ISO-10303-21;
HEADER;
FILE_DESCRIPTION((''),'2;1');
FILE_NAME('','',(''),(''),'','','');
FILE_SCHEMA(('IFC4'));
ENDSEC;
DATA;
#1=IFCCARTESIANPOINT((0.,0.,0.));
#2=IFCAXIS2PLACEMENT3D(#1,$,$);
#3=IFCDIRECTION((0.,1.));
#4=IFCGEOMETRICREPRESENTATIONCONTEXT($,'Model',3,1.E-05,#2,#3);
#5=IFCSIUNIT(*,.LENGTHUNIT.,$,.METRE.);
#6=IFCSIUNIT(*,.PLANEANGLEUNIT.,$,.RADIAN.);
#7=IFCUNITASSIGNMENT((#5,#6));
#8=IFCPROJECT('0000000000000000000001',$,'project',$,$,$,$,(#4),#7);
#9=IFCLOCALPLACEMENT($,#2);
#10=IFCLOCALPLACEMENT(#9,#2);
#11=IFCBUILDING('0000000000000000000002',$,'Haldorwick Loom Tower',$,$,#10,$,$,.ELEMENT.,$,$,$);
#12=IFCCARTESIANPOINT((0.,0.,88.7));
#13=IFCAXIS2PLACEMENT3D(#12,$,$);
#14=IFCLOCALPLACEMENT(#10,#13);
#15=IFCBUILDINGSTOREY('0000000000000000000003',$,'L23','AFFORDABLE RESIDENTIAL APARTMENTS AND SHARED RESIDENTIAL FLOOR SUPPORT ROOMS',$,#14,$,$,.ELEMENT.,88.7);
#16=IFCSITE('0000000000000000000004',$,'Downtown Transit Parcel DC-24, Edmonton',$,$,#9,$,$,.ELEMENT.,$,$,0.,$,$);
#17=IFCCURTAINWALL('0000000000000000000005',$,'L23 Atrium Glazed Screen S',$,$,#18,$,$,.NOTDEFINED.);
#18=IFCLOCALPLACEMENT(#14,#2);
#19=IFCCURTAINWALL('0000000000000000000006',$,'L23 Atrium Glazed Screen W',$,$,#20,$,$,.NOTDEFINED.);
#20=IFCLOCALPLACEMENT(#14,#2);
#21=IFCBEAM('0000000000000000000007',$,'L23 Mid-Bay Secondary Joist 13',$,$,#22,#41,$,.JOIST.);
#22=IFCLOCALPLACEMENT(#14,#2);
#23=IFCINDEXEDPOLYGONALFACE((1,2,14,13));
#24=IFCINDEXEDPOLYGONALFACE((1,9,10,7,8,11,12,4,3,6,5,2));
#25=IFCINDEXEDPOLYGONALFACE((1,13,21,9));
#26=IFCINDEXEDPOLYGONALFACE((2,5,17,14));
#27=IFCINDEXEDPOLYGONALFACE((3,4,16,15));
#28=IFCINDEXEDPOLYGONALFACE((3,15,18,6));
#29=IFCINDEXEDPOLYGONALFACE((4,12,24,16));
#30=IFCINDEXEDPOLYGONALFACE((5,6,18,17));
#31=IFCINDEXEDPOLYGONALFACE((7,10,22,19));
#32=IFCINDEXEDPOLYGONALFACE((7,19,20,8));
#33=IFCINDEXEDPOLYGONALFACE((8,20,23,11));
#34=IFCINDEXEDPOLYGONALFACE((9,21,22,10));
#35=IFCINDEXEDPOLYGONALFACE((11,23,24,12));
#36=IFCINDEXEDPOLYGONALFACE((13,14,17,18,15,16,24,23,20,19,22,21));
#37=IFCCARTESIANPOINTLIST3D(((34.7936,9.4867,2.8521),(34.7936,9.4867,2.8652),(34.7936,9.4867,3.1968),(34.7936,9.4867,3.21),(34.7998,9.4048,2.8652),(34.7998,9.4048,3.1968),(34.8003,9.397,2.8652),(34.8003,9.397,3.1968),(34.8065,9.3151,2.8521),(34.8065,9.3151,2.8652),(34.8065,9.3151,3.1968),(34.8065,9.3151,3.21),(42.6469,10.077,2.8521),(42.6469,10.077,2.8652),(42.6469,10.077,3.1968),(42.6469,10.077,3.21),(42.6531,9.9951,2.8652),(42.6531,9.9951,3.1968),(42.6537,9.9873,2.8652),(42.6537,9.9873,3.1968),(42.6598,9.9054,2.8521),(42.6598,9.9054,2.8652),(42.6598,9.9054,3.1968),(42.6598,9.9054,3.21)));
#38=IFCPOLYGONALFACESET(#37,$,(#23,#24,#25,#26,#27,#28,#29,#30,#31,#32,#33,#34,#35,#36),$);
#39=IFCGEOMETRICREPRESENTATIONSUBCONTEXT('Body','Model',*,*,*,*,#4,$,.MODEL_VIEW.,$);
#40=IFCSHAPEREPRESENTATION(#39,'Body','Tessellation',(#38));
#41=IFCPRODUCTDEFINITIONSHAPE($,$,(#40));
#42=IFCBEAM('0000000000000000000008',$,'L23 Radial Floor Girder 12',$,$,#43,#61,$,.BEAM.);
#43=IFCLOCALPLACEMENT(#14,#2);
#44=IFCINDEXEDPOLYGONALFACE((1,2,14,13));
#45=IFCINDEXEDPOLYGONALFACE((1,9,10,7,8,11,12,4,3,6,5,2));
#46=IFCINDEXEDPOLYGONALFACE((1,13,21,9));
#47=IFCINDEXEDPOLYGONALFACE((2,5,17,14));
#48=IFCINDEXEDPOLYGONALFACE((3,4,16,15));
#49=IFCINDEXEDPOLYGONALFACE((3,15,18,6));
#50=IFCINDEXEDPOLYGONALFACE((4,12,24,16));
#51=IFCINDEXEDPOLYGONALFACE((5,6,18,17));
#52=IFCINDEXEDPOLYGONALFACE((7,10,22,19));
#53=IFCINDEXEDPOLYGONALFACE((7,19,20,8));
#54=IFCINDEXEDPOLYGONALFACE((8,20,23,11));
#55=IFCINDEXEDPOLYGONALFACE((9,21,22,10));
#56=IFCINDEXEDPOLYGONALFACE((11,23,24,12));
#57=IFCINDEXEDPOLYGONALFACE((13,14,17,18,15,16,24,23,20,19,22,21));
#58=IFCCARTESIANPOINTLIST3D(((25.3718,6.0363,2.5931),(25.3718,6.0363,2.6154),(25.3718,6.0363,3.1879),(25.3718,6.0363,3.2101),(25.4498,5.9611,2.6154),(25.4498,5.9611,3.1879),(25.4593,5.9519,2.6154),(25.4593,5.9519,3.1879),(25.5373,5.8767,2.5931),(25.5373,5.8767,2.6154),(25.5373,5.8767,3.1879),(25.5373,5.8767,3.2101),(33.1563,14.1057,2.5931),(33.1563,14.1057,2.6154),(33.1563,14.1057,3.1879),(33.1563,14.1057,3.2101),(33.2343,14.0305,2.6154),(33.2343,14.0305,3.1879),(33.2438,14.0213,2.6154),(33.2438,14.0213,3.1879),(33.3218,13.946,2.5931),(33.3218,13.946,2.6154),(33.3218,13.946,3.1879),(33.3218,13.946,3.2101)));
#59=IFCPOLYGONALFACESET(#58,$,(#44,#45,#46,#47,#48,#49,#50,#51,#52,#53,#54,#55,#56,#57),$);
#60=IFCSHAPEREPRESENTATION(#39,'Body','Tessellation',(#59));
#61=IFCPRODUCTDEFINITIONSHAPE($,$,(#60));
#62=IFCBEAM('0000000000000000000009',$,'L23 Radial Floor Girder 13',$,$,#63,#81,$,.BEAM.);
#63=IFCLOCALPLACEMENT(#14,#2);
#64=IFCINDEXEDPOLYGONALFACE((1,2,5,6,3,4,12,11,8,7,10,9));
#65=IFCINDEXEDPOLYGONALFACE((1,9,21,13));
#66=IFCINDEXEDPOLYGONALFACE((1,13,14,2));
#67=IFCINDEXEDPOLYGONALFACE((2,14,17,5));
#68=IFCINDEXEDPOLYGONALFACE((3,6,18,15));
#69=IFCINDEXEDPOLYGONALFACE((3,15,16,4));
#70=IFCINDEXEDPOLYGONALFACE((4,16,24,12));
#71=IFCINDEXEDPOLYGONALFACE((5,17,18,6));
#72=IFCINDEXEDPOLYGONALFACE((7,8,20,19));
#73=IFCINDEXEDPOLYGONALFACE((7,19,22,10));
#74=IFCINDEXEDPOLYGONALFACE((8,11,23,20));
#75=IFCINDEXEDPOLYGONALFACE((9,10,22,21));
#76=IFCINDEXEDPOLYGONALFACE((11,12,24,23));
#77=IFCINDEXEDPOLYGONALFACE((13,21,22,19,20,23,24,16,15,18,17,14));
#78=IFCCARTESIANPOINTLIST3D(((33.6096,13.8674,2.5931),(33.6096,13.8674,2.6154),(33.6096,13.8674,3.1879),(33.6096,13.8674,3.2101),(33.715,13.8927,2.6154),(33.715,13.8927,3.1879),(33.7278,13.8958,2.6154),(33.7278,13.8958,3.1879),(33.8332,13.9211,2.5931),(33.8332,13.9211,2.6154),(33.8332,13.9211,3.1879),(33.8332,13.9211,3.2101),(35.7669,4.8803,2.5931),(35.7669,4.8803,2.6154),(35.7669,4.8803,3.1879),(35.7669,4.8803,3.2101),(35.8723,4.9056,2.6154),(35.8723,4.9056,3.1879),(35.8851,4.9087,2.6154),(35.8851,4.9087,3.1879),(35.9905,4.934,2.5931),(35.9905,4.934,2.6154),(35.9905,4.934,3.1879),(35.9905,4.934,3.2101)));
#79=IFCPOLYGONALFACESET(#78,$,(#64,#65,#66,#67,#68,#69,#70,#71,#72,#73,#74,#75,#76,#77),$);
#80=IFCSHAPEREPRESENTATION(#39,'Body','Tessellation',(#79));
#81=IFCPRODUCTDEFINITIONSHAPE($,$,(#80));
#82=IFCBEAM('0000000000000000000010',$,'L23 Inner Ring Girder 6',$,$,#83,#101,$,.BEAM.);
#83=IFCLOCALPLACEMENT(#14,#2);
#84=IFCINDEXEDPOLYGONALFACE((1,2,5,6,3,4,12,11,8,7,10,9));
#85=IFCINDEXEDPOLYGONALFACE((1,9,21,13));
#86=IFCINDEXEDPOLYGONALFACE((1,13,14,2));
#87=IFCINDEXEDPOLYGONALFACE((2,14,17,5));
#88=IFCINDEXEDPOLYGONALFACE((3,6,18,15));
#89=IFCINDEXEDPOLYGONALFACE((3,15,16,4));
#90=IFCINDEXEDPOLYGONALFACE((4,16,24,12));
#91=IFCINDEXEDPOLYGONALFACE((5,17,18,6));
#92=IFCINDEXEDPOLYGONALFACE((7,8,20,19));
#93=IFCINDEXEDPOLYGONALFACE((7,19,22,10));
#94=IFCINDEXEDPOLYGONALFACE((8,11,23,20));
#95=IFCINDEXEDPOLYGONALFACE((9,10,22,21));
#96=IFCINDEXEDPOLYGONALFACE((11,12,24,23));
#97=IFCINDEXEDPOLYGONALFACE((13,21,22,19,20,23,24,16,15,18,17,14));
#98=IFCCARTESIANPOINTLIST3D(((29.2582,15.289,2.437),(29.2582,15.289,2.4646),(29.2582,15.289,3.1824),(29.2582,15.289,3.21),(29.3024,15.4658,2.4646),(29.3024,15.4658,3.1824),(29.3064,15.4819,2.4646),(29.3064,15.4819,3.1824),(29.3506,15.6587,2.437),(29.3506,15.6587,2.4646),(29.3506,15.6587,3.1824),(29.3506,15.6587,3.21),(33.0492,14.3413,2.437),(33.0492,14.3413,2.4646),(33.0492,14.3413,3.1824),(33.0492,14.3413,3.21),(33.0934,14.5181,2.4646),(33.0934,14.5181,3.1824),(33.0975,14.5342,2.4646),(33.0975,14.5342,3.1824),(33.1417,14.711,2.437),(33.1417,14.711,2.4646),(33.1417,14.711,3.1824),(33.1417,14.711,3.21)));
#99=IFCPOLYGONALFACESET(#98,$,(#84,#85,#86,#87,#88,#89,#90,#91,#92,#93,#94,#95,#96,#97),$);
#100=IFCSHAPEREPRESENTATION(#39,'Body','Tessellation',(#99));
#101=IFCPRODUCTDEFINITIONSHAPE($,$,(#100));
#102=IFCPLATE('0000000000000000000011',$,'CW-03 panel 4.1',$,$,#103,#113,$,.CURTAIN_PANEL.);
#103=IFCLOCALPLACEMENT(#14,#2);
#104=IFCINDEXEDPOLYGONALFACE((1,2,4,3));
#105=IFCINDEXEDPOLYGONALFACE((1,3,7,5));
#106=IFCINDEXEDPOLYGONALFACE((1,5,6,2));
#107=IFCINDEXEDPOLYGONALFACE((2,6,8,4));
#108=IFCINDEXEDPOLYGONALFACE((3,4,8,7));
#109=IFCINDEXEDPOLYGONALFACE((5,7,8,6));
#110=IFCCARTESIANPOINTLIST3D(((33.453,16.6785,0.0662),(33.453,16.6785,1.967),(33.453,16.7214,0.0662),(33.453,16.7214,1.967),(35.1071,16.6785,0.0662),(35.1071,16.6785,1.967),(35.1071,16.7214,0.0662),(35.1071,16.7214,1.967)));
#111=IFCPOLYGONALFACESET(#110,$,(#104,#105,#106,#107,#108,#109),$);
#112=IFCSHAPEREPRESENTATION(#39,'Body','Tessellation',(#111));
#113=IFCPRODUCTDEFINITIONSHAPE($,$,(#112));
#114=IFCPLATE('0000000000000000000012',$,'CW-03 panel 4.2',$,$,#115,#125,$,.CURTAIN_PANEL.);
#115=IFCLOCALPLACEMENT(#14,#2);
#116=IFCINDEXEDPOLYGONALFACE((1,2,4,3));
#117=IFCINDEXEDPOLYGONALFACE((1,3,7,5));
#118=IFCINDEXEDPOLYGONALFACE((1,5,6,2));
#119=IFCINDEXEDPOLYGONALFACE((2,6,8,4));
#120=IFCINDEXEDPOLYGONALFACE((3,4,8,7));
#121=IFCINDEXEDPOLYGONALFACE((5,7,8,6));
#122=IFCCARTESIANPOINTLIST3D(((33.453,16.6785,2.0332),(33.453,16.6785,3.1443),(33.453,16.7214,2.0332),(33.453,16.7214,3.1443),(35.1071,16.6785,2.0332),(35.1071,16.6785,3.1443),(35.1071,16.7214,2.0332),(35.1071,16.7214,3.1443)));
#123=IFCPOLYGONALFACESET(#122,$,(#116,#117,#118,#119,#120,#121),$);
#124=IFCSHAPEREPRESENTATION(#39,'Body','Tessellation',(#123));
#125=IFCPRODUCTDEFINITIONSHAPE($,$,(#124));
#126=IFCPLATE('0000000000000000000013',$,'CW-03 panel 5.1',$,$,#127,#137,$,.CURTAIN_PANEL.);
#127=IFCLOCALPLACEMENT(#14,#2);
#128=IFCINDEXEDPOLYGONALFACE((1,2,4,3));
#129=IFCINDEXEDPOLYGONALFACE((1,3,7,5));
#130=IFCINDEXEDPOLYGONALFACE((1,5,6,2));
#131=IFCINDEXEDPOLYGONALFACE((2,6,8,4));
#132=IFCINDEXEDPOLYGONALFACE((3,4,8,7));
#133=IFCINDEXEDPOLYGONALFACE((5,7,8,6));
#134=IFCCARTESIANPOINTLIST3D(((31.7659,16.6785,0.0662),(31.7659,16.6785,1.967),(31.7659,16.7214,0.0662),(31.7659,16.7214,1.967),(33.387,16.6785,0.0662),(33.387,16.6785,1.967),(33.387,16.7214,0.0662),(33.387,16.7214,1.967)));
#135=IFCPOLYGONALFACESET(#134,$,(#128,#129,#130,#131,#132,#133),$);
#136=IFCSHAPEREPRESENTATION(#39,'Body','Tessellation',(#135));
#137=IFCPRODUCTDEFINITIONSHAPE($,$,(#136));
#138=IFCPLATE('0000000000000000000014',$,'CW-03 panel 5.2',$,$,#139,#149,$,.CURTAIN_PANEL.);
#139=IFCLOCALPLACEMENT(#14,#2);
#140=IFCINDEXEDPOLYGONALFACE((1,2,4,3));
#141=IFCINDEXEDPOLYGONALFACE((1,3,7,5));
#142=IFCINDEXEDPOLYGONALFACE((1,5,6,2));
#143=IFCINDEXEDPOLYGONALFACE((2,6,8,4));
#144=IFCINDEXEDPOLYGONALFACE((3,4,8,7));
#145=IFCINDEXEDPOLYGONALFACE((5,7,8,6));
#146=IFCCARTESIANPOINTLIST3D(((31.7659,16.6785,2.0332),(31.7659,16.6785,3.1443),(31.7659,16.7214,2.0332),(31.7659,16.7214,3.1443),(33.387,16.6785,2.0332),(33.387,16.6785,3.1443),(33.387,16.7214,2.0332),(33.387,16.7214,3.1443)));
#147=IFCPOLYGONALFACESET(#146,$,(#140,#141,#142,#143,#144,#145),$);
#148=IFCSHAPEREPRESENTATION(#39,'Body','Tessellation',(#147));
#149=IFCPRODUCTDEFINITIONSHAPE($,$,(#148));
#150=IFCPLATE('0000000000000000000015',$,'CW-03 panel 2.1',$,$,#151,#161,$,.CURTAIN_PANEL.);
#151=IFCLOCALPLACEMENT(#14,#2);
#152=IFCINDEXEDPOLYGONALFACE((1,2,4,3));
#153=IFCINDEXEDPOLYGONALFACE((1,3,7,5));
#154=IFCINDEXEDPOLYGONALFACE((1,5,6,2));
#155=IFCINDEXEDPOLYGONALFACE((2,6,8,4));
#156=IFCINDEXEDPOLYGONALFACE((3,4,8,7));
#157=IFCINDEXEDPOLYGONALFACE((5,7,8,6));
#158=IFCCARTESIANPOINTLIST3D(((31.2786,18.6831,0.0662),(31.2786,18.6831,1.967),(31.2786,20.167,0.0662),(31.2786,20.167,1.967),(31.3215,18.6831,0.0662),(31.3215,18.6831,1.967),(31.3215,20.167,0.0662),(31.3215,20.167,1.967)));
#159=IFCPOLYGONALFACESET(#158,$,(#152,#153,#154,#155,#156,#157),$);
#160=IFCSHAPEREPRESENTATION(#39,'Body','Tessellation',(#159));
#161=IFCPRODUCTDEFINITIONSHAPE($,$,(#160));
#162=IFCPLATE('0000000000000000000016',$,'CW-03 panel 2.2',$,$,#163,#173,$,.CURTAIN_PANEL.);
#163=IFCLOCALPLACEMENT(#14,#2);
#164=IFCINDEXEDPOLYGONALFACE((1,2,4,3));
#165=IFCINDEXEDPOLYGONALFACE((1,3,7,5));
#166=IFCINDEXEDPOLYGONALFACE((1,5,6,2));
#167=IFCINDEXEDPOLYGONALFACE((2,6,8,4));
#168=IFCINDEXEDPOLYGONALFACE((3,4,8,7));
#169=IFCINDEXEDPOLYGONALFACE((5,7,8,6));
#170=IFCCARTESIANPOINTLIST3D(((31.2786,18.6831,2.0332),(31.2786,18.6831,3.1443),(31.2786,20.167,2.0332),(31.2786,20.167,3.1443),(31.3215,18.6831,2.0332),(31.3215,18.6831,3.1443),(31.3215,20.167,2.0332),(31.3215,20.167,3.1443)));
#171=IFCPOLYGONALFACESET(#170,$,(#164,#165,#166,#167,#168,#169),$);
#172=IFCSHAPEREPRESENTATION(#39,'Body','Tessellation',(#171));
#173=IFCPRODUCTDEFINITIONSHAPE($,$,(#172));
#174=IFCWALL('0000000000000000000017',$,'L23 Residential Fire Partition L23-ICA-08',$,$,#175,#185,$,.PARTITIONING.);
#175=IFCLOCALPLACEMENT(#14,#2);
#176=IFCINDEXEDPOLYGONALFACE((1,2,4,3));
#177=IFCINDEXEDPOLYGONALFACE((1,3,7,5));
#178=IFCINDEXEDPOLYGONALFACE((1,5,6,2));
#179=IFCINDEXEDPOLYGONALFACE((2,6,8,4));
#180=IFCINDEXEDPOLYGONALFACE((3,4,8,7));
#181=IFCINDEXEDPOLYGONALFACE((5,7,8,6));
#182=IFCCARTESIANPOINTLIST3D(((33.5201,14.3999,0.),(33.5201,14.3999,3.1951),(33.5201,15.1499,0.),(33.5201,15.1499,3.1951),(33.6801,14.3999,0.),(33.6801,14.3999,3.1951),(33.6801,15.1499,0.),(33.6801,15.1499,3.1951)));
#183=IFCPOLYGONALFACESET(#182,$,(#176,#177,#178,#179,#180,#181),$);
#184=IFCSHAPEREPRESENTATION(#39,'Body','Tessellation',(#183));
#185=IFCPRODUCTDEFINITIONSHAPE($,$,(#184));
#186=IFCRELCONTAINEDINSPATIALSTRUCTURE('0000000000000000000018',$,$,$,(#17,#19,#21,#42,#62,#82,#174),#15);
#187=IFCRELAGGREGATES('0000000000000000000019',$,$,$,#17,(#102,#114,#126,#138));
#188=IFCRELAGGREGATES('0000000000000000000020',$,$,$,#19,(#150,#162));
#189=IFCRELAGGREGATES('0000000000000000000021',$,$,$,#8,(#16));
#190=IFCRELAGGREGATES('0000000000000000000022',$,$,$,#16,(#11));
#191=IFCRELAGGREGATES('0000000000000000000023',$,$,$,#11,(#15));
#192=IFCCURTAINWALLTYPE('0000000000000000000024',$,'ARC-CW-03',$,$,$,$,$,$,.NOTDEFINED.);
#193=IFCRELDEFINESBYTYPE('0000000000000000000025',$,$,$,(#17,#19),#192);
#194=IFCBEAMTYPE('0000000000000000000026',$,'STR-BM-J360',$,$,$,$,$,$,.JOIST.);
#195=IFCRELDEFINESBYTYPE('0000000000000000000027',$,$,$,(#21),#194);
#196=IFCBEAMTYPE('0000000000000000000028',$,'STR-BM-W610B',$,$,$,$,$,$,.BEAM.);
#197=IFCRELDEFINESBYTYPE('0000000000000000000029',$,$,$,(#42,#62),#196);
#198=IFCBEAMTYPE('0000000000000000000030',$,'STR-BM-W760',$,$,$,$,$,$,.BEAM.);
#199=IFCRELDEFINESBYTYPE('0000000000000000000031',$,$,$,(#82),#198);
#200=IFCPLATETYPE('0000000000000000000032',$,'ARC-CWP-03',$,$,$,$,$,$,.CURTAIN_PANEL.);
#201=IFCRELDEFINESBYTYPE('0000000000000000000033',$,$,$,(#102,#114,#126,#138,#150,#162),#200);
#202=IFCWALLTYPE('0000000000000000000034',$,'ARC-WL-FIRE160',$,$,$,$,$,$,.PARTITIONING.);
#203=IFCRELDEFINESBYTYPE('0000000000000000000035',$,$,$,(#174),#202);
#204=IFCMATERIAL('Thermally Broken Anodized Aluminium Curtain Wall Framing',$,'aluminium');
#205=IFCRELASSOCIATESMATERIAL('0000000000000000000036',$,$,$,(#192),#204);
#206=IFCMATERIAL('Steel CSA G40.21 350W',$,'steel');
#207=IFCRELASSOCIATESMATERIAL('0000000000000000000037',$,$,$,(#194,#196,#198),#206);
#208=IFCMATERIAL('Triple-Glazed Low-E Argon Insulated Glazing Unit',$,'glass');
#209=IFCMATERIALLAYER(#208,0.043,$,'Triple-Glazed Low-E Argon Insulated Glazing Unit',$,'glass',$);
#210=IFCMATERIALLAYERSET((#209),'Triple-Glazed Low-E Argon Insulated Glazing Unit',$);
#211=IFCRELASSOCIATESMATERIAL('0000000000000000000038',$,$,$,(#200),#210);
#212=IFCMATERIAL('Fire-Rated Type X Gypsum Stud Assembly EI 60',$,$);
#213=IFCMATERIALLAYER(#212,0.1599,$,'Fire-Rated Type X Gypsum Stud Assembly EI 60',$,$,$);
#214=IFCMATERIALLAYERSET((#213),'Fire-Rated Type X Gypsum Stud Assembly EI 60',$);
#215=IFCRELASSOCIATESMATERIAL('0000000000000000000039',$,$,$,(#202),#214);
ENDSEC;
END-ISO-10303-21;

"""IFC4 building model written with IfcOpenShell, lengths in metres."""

from ifc_helpers import new_model, si_unit, direction, frame, frame_2d, origin, origin_2d, place, context, subcontext, project, spatial, rectangle, i_section, extrude, material, layer, layer_set, material_profile, profile_set, type_object, element, aggregate, save


model = new_model("IFC4")

# Units and contexts
model_context = context("Model", 3, precision=1e-05, world=origin(), true_north=direction((0.0, 1.0)))
body_context = subcontext(model_context, "Body", "Model", "MODEL_VIEW")
ifc_project = project(units=[si_unit("LENGTHUNIT", "METRE"), si_unit("PLANEANGLEUNIT", "RADIAN")], contexts=[model_context])

# Site, building, storey
site_placement = place(None, origin())
site = spatial("IfcSite", under=ifc_project, at=site_placement, Name="Downtown Transit Parcel DC-24, Edmonton", CompositionType="ELEMENT", RefElevation=0.0)
building_placement = place(site_placement, origin())
building = spatial("IfcBuilding", under=site, at=building_placement, Name="Haldorwick Loom Tower", CompositionType="ELEMENT")
storey_placement = place(building_placement, frame((0.0, 0.0, 88.7)))
storey = spatial("IfcBuildingStorey", under=building, at=storey_placement, Name="L23", Description="AFFORDABLE RESIDENTIAL APARTMENTS AND SHARED RESIDENTIAL FLOOR SUPPORT ROOMS", CompositionType="ELEMENT", Elevation=88.7)

# Curtain wall
ifc_material_1 = material(Name="Thermally Broken Anodized Aluminium Curtain Wall Framing", Category="aluminium")
curtain_wall_type = type_object("IfcCurtainWallType", Name="ARC-CW-03", PredefinedType="NOTDEFINED", material=ifc_material_1)
curtain_wall_1_placement = place(storey_placement, origin())
curtain_wall_1 = element("IfcCurtainWall", 1, at=curtain_wall_1_placement, inside=storey, type_object=curtain_wall_type, Name="L23 Atrium Glazed Screen S", PredefinedType="NOTDEFINED")

# Curtain wall
curtain_wall_2_placement = place(storey_placement, origin())
curtain_wall_2 = element("IfcCurtainWall", 2, at=curtain_wall_2_placement, inside=storey, type_object=curtain_wall_type, Name="L23 Atrium Glazed Screen W", PredefinedType="NOTDEFINED")

# Beams
ifc_material_2 = material(Name="Steel CSA G40.21 350W", Category="steel")
ifc_material_profile_1 = material_profile(ifc_material_2, i_section(OverallWidth=0.1721, OverallDepth=0.3579, WebThickness=0.0078, FlangeThickness=0.0132, at=origin_2d()), Name="W360X57", Category="steel")
ifc_profile_set_1 = profile_set([ifc_material_profile_1], Name="Steel CSA G40.21 350W")
beam_type_1 = type_object("IfcBeamType", Name="STR-BM-J360", PredefinedType="JOIST", material=ifc_profile_set_1)
beam_1_placement = place(storey_placement, frame((34.8, 9.4009, 3.031), z_axis=(0.997187, 0.074959, 0.0), x_axis=(-0.074959, 0.997187, 0.0)))
element("IfcBeam", 3, at=beam_1_placement, inside=storey, type_object=beam_type_1, Name="L23 Mid-Bay Secondary Joist 13", PredefinedType="JOIST", context=body_context, shape_type="SweptSolid", body=[
    extrude(i_section(OverallWidth=0.1721, OverallDepth=0.3579, WebThickness=0.0078, FlangeThickness=0.0132, at=origin_2d()), origin(), (0.0, 0.0, 1.0), 7.8755),
])
ifc_material_profile_2 = material_profile(ifc_material_2, i_section(OverallWidth=0.23, OverallDepth=0.6169, WebThickness=0.0132, FlangeThickness=0.0222, at=origin_2d()), Name="W610X140", Category="steel")
ifc_profile_set_2 = profile_set([ifc_material_profile_2], Name="Steel CSA G40.21 350W")
beam_type_2 = type_object("IfcBeamType", Name="STR-BM-W610B", PredefinedType="BEAM", material=ifc_profile_set_2)
beam_2_placement = place(storey_placement, frame((33.239, 14.0259, 2.9016), z_axis=(-0.694287, -0.719698, 0.0), x_axis=(0.719698, -0.694287, 0.0)))
element("IfcBeam", 4, at=beam_2_placement, inside=storey, type_object=beam_type_2, Name="L23 Radial Floor Girder 12", PredefinedType="BEAM", context=body_context, shape_type="SweptSolid", body=[
    extrude(i_section(OverallWidth=0.23, OverallDepth=0.6169, WebThickness=0.0132, FlangeThickness=0.0222, at=origin_2d()), origin(), (0.0, 0.0, 1.0), 11.2122),
])
beam_3_placement = place(storey_placement, frame((33.7214, 13.8943, 2.9016), z_axis=(0.233407, -0.972379, 0.0), x_axis=(0.972379, 0.233407, 0.0)))
element("IfcBeam", 5, at=beam_3_placement, inside=storey, type_object=beam_type_2, Name="L23 Radial Floor Girder 13", PredefinedType="BEAM", context=body_context, shape_type="SweptSolid", body=[
    extrude(i_section(OverallWidth=0.23, OverallDepth=0.6169, WebThickness=0.0132, FlangeThickness=0.0222, at=origin_2d()), origin(), (0.0, 0.0, 1.0), 9.2424),
])
ifc_material_profile_3 = material_profile(ifc_material_2, i_section(OverallWidth=0.3811, OverallDepth=0.7729, WebThickness=0.0166, FlangeThickness=0.0276, at=origin_2d()), Name="W760X257", Category="steel")
ifc_profile_set_3 = profile_set([ifc_material_profile_3], Name="Steel CSA G40.21 350W")
beam_type_3 = type_object("IfcBeamType", Name="STR-BM-W760", PredefinedType="BEAM", material=ifc_profile_set_3)
beam_4_placement = place(storey_placement, frame((33.0955, 14.5261, 2.8235), z_axis=(-0.970143, 0.242536, 0.0), x_axis=(-0.242536, -0.970143, 0.0)))
element("IfcBeam", 6, at=beam_4_placement, inside=storey, type_object=beam_type_3, Name="L23 Inner Ring Girder 6", PredefinedType="BEAM", context=body_context, shape_type="SweptSolid", body=[
    extrude(i_section(OverallWidth=0.3811, OverallDepth=0.7729, WebThickness=0.0166, FlangeThickness=0.0276, at=origin_2d()), origin(), (0.0, 0.0, 1.0), 3.9077),
])

# Plates
ifc_material_3 = material(Name="Triple-Glazed Low-E Argon Insulated Glazing Unit", Category="glass")
ifc_layer_1 = layer(ifc_material_3, 0.043, Name="Triple-Glazed Low-E Argon Insulated Glazing Unit", Category="glass")
ifc_layer_set_1 = layer_set([ifc_layer_1], Name="Triple-Glazed Low-E Argon Insulated Glazing Unit")
plate_type = type_object("IfcPlateType", Name="ARC-CWP-03", PredefinedType="CURTAIN_PANEL", material=ifc_layer_set_1)
plate_1_placement = place(storey_placement, frame((34.28, 16.7, 0.0662), z_axis=(0.0, 0.0, 1.0), x_axis=(-1.0, 0.0, 0.0)))
plate_1 = element("IfcPlate", 7, at=plate_1_placement, type_object=plate_type, Name="CW-03 panel 4.1", PredefinedType="CURTAIN_PANEL", context=body_context, shape_type="SweptSolid", body=[
    extrude(rectangle(XDim=1.6541, YDim=0.043, at=origin_2d()), origin(), (0.0, 0.0, 1.0), 1.9009),
])
plate_2_placement = place(storey_placement, frame((34.28, 16.7, 2.0332), z_axis=(0.0, 0.0, 1.0), x_axis=(-1.0, 0.0, 0.0)))
plate_2 = element("IfcPlate", 8, at=plate_2_placement, type_object=plate_type, Name="CW-03 panel 4.2", PredefinedType="CURTAIN_PANEL", context=body_context, shape_type="SweptSolid", body=[
    extrude(rectangle(XDim=1.6541, YDim=0.043, at=origin_2d()), origin(), (0.0, 0.0, 1.0), 1.1111),
])
plate_3_placement = place(storey_placement, frame((32.5764, 16.7, 0.0662), z_axis=(0.0, 0.0, 1.0), x_axis=(-1.0, 0.0, 0.0)))
plate_3 = element("IfcPlate", 9, at=plate_3_placement, type_object=plate_type, Name="CW-03 panel 5.1", PredefinedType="CURTAIN_PANEL", context=body_context, shape_type="SweptSolid", body=[
    extrude(rectangle(XDim=1.6211, YDim=0.043, at=origin_2d()), origin(), (0.0, 0.0, 1.0), 1.9009),
])
plate_4_placement = place(storey_placement, frame((32.5764, 16.7, 2.0332), z_axis=(0.0, 0.0, 1.0), x_axis=(-1.0, 0.0, 0.0)))
plate_4 = element("IfcPlate", 10, at=plate_4_placement, type_object=plate_type, Name="CW-03 panel 5.2", PredefinedType="CURTAIN_PANEL", context=body_context, shape_type="SweptSolid", body=[
    extrude(rectangle(XDim=1.6211, YDim=0.043, at=origin_2d()), origin(), (0.0, 0.0, 1.0), 1.1111),
])
aggregate(curtain_wall_1, [plate_1, plate_2, plate_3, plate_4])
plate_5_placement = place(storey_placement, frame((31.3, 19.425, 0.0662), z_axis=(0.0, 0.0, 1.0), x_axis=(0.0, 1.0, 0.0)))
plate_5 = element("IfcPlate", 11, at=plate_5_placement, type_object=plate_type, Name="CW-03 panel 2.1", PredefinedType="CURTAIN_PANEL", context=body_context, shape_type="SweptSolid", body=[
    extrude(rectangle(XDim=1.4839, YDim=0.043, at=origin_2d()), origin(), (0.0, 0.0, 1.0), 1.9009),
])
plate_6_placement = place(storey_placement, frame((31.3, 19.425, 2.0332), z_axis=(0.0, 0.0, 1.0), x_axis=(0.0, 1.0, 0.0)))
plate_6 = element("IfcPlate", 12, at=plate_6_placement, type_object=plate_type, Name="CW-03 panel 2.2", PredefinedType="CURTAIN_PANEL", context=body_context, shape_type="SweptSolid", body=[
    extrude(rectangle(XDim=1.4839, YDim=0.043, at=origin_2d()), origin(), (0.0, 0.0, 1.0), 1.1111),
])
aggregate(curtain_wall_2, [plate_5, plate_6])

# Wall
ifc_material_4 = material(Name="Fire-Rated Type X Gypsum Stud Assembly EI 60")
ifc_layer_2 = layer(ifc_material_4, 0.1599, Name="Fire-Rated Type X Gypsum Stud Assembly EI 60")
ifc_layer_set_2 = layer_set([ifc_layer_2], Name="Fire-Rated Type X Gypsum Stud Assembly EI 60")
wall_type = type_object("IfcWallType", Name="ARC-WL-FIRE160", PredefinedType="PARTITIONING", material=ifc_layer_set_2)
wall_1_placement = place(storey_placement, frame((33.6001, 15.1499, 0.0), z_axis=(0.0, 0.0, 1.0), x_axis=(0.0, -1.0, 0.0)))
element("IfcWall", 13, at=wall_1_placement, inside=storey, type_object=wall_type, Name="L23 Residential Fire Partition L23-ICA-08", PredefinedType="PARTITIONING", context=body_context, shape_type="SweptSolid", body=[
    extrude(rectangle(XDim=0.75, YDim=0.1599, at=frame_2d((0.375, 0.0))), origin(), (0.0, 0.0, 1.0), 3.1951),
])

save(model, "model.ifc")
